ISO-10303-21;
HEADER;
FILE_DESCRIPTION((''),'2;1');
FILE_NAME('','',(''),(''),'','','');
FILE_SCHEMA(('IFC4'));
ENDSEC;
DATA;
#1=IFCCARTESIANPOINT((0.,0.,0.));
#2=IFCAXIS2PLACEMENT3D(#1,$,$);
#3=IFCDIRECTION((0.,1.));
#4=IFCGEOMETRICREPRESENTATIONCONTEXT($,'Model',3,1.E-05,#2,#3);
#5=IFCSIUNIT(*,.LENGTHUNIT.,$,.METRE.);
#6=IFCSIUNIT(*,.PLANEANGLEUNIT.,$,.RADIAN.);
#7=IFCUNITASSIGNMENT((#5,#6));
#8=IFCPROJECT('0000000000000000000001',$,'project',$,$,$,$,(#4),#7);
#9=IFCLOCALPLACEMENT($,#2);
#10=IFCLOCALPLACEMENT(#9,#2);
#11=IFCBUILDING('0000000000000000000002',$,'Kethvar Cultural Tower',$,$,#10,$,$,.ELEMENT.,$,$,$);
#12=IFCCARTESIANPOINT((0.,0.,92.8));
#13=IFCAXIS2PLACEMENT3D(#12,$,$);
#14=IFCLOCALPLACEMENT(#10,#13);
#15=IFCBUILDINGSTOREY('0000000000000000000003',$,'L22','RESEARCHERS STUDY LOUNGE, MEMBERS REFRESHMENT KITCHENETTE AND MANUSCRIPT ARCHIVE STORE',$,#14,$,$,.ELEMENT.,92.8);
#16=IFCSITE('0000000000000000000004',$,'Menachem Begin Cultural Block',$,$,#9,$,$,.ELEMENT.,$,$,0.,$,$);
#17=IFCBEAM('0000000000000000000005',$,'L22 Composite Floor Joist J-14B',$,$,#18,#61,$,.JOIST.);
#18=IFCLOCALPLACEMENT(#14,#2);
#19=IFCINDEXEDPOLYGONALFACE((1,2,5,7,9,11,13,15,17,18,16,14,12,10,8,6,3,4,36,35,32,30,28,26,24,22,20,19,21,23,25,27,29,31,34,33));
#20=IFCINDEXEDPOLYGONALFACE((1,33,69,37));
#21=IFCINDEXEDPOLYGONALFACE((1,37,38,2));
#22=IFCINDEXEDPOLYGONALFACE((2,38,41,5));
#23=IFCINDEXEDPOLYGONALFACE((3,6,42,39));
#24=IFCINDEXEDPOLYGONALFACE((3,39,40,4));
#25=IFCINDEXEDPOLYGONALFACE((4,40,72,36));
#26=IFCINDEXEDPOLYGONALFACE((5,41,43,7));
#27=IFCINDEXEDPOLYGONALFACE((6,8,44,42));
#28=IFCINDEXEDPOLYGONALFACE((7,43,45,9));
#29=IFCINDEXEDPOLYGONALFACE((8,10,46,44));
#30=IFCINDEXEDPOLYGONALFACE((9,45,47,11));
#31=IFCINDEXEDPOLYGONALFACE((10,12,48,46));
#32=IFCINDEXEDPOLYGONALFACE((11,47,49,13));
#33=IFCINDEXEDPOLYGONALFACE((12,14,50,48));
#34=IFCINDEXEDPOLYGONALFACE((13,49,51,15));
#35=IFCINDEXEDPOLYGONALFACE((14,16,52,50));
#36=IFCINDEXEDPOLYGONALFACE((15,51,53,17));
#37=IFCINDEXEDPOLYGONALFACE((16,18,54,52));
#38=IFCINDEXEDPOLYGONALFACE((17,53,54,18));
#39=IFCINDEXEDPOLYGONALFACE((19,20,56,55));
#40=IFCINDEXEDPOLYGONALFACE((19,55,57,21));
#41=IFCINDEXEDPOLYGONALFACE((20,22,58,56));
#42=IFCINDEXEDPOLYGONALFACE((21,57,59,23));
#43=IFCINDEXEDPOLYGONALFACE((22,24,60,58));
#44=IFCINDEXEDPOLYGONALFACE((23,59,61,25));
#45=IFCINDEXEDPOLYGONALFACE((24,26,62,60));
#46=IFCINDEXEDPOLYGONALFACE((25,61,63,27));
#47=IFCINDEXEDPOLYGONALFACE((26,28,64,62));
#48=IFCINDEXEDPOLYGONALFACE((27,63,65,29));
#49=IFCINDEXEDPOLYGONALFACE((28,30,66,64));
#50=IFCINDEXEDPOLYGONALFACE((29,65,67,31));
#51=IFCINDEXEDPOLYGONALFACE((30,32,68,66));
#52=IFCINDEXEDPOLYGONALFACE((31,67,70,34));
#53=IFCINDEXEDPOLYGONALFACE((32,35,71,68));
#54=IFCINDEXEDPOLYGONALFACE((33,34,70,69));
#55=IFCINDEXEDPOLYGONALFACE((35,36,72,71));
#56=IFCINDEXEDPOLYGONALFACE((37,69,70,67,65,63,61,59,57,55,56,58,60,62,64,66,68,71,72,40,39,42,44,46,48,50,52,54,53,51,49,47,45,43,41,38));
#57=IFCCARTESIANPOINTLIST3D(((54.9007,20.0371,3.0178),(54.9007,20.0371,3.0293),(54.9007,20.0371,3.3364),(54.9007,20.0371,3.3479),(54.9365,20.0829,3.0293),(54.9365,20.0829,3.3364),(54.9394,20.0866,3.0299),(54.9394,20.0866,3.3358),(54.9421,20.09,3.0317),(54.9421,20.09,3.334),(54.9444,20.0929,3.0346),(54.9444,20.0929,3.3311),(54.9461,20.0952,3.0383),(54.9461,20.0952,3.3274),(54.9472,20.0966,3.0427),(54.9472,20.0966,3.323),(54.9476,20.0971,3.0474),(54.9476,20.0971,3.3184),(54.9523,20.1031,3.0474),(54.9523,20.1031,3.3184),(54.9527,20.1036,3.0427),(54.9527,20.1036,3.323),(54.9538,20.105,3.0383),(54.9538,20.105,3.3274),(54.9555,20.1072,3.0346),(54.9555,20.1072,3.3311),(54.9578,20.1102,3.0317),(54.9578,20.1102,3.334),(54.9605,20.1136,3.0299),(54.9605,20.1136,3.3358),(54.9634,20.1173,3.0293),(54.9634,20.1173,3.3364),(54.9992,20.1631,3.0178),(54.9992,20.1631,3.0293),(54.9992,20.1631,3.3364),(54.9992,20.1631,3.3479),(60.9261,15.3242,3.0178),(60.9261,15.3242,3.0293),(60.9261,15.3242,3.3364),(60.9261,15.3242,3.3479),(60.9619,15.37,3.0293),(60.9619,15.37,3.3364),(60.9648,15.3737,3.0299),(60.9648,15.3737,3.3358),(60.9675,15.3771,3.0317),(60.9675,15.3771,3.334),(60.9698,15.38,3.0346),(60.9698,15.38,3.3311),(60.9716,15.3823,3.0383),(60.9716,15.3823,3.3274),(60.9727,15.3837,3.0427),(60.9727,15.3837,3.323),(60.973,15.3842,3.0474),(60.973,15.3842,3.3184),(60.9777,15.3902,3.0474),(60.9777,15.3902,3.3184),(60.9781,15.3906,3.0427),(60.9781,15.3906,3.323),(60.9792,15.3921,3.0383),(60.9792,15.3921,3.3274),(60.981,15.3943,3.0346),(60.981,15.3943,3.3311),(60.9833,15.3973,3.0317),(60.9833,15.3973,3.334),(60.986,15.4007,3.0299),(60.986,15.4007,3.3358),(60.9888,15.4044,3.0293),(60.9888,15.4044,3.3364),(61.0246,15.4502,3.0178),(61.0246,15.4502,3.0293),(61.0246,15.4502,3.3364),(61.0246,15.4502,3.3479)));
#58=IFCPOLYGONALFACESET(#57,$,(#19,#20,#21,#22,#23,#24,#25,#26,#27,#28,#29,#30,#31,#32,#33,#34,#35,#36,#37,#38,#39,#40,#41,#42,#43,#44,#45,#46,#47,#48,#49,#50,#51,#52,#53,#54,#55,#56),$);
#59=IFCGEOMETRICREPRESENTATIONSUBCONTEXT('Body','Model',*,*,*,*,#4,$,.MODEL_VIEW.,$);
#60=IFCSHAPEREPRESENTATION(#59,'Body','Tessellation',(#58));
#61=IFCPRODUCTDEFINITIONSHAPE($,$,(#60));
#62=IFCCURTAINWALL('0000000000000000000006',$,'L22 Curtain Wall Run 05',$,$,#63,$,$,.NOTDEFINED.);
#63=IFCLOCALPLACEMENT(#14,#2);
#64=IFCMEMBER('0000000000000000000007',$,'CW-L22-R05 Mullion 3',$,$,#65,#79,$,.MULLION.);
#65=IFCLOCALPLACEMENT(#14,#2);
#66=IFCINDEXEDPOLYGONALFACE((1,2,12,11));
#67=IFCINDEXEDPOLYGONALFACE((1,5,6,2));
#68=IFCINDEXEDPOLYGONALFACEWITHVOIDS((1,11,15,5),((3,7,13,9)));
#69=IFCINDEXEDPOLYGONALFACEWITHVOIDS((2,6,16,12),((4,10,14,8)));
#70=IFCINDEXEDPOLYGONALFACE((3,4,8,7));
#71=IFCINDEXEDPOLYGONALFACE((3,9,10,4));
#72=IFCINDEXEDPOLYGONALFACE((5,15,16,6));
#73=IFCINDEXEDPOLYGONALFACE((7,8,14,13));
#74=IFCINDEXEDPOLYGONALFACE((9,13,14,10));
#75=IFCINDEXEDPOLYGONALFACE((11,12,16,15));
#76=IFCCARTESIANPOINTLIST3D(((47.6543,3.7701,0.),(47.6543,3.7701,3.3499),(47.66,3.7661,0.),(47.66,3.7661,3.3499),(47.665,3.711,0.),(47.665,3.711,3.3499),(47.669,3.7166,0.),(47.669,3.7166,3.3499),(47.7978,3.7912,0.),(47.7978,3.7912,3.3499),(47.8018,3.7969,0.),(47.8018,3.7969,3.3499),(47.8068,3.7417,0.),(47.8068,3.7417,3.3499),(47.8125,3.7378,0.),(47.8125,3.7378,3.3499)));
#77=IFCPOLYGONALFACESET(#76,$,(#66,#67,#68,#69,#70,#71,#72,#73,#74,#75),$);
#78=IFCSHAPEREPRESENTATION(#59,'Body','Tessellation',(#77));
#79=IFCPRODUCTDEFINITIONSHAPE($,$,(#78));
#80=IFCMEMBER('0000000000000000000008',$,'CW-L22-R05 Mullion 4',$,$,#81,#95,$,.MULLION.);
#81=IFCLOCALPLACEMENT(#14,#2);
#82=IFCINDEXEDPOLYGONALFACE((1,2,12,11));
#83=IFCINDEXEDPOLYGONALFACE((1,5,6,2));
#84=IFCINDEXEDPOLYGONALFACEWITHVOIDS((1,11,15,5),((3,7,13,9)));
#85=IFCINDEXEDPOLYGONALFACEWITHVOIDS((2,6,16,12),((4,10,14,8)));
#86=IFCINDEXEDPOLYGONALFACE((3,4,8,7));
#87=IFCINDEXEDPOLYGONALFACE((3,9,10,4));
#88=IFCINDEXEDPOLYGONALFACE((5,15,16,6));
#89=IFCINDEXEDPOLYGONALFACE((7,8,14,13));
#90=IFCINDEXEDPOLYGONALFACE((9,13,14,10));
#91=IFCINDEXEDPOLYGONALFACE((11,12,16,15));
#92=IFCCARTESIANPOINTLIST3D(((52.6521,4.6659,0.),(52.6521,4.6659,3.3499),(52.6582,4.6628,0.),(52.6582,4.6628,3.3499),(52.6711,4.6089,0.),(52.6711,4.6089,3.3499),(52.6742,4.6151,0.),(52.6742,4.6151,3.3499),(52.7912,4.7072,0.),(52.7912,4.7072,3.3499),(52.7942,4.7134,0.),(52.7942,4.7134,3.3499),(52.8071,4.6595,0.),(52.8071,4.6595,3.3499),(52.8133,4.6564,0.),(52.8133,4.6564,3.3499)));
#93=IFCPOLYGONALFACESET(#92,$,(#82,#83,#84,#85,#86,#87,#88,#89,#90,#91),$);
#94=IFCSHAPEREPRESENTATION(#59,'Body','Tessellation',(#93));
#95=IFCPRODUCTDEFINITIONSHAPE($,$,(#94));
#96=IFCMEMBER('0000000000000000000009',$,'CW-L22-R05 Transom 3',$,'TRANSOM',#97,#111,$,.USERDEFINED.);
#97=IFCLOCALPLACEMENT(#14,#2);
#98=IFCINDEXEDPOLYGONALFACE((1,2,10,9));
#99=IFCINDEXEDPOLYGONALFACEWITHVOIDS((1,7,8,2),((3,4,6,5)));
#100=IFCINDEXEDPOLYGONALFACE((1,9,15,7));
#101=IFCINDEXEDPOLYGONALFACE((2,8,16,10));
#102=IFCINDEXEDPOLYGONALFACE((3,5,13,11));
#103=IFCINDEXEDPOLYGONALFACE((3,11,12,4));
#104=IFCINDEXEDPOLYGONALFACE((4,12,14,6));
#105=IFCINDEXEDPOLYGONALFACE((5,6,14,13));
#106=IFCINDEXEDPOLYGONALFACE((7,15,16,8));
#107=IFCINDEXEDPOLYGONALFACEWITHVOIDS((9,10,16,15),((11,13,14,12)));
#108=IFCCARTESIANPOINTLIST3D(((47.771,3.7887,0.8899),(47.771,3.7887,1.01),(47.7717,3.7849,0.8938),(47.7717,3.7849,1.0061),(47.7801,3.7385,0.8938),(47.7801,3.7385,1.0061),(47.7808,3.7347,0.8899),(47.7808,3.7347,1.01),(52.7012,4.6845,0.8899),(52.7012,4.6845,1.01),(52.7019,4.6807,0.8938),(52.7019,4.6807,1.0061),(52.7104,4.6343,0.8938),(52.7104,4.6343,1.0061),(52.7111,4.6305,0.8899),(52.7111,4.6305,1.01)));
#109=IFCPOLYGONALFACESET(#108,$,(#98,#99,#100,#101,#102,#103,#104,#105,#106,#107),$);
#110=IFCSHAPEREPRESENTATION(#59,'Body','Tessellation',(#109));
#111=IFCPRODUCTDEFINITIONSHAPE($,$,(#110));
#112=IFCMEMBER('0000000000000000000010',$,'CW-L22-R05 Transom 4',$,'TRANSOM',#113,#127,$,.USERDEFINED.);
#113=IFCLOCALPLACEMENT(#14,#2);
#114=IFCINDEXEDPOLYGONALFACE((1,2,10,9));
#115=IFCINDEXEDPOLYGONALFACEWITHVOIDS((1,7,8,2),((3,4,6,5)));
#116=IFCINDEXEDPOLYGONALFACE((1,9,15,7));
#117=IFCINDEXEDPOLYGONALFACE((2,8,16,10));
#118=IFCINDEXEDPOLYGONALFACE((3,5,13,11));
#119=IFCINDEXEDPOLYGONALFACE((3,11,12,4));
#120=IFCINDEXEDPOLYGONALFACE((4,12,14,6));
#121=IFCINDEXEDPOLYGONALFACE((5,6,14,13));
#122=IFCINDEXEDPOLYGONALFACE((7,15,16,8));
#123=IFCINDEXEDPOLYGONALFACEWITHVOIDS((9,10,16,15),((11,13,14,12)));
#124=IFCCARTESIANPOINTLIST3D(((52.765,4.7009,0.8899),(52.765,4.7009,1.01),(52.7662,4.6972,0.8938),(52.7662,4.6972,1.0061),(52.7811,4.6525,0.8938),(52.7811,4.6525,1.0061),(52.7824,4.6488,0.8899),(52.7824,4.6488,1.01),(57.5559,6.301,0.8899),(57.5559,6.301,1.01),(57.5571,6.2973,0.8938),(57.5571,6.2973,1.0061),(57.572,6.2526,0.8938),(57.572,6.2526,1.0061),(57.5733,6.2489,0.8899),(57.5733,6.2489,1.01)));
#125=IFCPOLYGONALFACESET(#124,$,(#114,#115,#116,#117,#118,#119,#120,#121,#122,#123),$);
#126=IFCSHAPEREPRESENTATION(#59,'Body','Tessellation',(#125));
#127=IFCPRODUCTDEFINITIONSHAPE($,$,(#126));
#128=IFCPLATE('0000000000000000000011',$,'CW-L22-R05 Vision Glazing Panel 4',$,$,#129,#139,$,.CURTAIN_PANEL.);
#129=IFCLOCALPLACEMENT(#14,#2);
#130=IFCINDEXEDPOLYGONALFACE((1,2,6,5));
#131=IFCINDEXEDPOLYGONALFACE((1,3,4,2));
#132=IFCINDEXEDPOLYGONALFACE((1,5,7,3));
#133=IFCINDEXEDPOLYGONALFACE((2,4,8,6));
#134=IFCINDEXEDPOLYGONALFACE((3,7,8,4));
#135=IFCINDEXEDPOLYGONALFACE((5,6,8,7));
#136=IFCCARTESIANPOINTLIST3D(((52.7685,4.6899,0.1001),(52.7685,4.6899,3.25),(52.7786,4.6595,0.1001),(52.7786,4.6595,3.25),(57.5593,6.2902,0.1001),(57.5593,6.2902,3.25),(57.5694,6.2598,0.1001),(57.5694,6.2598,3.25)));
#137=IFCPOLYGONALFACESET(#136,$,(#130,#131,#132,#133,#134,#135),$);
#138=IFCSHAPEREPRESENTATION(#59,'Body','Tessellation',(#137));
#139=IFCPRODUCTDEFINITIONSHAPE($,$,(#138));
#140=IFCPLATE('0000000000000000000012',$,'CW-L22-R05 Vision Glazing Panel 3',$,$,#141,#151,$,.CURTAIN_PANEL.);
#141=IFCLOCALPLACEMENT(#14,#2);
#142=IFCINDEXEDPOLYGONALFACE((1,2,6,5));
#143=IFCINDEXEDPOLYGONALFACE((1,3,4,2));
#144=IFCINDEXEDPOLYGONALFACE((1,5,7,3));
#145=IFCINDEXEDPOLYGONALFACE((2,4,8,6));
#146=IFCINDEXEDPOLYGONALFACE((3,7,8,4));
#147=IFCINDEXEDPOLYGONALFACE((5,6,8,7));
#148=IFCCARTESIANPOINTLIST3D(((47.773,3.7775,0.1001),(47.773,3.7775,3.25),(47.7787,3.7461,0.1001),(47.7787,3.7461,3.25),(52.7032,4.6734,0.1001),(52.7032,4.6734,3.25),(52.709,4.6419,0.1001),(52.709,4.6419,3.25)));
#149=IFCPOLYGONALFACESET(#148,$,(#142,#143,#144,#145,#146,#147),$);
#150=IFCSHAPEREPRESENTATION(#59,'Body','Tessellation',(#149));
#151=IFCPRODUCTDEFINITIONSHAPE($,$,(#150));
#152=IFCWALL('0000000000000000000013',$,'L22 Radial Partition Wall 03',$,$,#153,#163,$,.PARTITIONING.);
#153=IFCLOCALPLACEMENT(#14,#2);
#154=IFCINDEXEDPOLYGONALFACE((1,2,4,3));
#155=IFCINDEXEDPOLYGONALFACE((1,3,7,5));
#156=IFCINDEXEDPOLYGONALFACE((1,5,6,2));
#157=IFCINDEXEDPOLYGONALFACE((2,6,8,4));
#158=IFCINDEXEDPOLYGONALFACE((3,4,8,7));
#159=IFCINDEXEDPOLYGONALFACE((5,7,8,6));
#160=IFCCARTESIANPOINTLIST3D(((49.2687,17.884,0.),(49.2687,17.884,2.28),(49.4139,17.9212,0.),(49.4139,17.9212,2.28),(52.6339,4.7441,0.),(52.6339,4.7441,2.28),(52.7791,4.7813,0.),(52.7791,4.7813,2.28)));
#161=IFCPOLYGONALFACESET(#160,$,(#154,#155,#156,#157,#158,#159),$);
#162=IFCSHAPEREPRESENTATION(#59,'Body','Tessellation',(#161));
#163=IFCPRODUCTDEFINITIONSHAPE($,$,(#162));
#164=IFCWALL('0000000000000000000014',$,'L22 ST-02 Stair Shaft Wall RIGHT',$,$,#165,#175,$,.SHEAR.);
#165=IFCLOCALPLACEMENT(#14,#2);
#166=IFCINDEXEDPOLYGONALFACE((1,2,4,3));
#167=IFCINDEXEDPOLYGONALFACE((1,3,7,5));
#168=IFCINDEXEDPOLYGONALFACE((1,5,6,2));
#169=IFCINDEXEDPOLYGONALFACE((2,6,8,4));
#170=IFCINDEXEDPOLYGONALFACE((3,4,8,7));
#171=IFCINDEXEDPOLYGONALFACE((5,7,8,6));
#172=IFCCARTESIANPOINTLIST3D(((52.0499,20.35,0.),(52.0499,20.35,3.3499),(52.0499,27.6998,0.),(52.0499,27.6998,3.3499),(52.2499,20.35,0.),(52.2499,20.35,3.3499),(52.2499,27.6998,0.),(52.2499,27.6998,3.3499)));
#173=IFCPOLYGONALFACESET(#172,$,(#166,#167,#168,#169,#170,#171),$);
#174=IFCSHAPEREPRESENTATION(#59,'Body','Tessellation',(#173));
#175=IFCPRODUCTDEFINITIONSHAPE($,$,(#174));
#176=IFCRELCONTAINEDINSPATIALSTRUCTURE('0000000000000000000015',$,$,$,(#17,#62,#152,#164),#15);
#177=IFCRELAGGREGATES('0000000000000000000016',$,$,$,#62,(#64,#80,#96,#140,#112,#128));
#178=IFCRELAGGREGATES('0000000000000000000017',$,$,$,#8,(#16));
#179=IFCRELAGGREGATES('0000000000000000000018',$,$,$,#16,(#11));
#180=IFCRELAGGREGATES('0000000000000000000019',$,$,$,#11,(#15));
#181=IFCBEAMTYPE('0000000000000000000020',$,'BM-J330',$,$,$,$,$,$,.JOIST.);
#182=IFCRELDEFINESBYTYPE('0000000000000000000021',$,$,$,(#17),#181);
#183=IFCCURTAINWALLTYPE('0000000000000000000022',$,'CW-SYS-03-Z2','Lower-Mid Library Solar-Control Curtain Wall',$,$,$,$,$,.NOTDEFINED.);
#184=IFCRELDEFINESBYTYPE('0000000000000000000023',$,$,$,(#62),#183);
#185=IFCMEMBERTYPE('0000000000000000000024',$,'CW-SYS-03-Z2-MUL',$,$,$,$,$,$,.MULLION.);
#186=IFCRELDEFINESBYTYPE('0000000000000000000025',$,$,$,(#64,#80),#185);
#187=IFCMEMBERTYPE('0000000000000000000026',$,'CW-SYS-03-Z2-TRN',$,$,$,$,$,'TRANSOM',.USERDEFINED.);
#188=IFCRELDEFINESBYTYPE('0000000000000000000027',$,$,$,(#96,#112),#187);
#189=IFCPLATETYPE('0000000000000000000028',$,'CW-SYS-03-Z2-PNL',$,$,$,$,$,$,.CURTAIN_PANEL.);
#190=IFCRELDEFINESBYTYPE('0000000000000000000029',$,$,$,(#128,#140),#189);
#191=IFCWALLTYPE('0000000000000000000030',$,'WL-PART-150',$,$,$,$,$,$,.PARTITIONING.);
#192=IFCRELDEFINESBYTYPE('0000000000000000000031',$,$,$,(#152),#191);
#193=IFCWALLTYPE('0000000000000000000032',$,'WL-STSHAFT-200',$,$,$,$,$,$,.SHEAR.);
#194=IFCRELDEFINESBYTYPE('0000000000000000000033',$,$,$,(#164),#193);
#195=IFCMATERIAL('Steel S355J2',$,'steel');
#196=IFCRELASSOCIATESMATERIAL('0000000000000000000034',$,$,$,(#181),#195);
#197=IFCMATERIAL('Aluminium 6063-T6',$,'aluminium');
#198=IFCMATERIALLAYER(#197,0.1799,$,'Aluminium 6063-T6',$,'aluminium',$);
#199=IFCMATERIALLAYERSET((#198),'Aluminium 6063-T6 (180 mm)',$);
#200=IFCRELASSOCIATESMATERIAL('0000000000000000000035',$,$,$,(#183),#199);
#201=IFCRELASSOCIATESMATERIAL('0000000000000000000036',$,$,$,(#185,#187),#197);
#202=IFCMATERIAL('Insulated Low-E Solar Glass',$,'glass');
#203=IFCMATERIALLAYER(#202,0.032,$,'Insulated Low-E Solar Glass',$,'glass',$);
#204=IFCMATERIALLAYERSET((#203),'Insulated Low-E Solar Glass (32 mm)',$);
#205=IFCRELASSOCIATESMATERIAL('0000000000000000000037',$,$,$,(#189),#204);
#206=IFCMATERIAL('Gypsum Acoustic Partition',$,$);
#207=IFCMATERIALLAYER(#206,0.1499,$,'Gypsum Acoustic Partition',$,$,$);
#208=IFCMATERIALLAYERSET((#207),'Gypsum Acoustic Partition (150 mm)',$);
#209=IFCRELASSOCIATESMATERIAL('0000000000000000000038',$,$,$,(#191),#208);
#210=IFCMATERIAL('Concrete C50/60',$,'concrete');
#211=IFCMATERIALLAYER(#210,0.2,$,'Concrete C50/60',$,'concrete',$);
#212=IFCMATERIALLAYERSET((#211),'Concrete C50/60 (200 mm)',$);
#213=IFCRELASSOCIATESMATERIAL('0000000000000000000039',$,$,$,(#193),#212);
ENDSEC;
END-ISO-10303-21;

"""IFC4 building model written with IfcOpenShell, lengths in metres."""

from ifc_helpers import new_model, si_unit, direction, frame, frame_2d, origin, origin_2d, place, context, subcontext, project, spatial, rectangle, hollow_rectangle, i_section, extrude, source, transform, mapped, material, layer, layer_set, material_profile, profile_set, type_object, element, aggregate, save


model = new_model("IFC4")

# Units and contexts
model_context = context("Model", 3, precision=1e-05, world=origin(), true_north=direction((0.0, 1.0)))
body_context = subcontext(model_context, "Body", "Model", "MODEL_VIEW")
ifc_project = project(units=[si_unit("LENGTHUNIT", "METRE"), si_unit("PLANEANGLEUNIT", "RADIAN")], contexts=[model_context])

# Site, building, storey
site_placement = place(None, origin())
site = spatial("IfcSite", under=ifc_project, at=site_placement, Name="Menachem Begin Cultural Block", CompositionType="ELEMENT", RefElevation=0.0)
building_placement = place(site_placement, origin())
building = spatial("IfcBuilding", under=site, at=building_placement, Name="Kethvar Cultural Tower", CompositionType="ELEMENT")
storey_placement = place(building_placement, frame((0.0, 0.0, 92.8)))
storey = spatial("IfcBuildingStorey", under=building, at=storey_placement, Name="L22", Description="RESEARCHERS STUDY LOUNGE, MEMBERS REFRESHMENT KITCHENETTE AND MANUSCRIPT ARCHIVE STORE", CompositionType="ELEMENT", Elevation=92.8)

# Beam
ifc_material_1 = material(Name="Steel S355J2", Category="steel")
ifc_material_profile_1 = material_profile(ifc_material_1, i_section(OverallWidth=0.1599, OverallDepth=0.3301, WebThickness=0.0076, FlangeThickness=0.0115, FilletRadius=0.0181, at=origin_2d()), Name="Steel S355J2 — IPE330")
ifc_profile_set_1 = profile_set([ifc_material_profile_1], Name="Steel S355J2 — IPE330")
beam_type_1 = type_object("IfcBeamType", Name="BM-J330", PredefinedType="JOIST", material=ifc_profile_set_1)
shared_shape_1 = source(origin(), body_context, "Body", "SweptSolid", [
    extrude(i_section(OverallWidth=0.1599, OverallDepth=0.3301, WebThickness=0.0076, FlangeThickness=0.0115, FilletRadius=0.0181, at=origin_2d()), origin(), (0.0, 0.0, 1.0), 7.6497),
])
beam_1_placement = place(storey_placement, frame((54.95, 20.1001, 3.1829), z_axis=(0.787672, -0.616095, 0.0), x_axis=(0.616095, 0.787672, 0.0)))
element("IfcBeam", 1, at=beam_1_placement, inside=storey, type_object=beam_type_1, Name="L22 Composite Floor Joist J-14B", PredefinedType="JOIST", context=body_context, shape_type="MappedRepresentation", body=[
    mapped(shared_shape_1, transform((0.0, 0.0, 0.0), scale=1.0)),
])

# Curtain wall, members, plates
ifc_material_2 = material(Name="Aluminium 6063-T6", Category="aluminium")
ifc_layer_1 = layer(ifc_material_2, 0.1799, Name="Aluminium 6063-T6", Category="aluminium")
ifc_layer_set_1 = layer_set([ifc_layer_1], Name="Aluminium 6063-T6 (180 mm)")
curtain_wall_type = type_object("IfcCurtainWallType", Name="CW-SYS-03-Z2", Description="Lower-Mid Library Solar-Control Curtain Wall", PredefinedType="NOTDEFINED", material=ifc_layer_set_1)
curtain_wall_placement = place(storey_placement, origin())
curtain_wall = element("IfcCurtainWall", 2, at=curtain_wall_placement, inside=storey, type_object=curtain_wall_type, Name="L22 Curtain Wall Run 05", PredefinedType="NOTDEFINED")
ifc_material_profile_2 = material_profile(ifc_material_2, hollow_rectangle(XDim=0.0601, YDim=0.1499, WallThickness=0.0049, at=origin_2d()), Name="Aluminium 6063-T6 — RHS150x60x5")
ifc_profile_set_2 = profile_set([ifc_material_profile_2], Name="Aluminium 6063-T6 — RHS150x60x5")
member_type_1 = type_object("IfcMemberType", Name="CW-SYS-03-Z2-MUL", PredefinedType="MULLION", material=ifc_profile_set_2)
shared_shape_2 = source(origin(), body_context, "Body", "SweptSolid", [
    extrude(hollow_rectangle(XDim=0.0601, YDim=0.1499, WallThickness=0.0049, at=origin_2d()), origin(), (0.0, 0.0, 1.0), 3.3499),
])
member_1_placement = place(storey_placement, frame((47.7334, 3.7539, 0.0), z_axis=(0.0, 0.0, 1.0), x_axis=(-0.178768, 0.983891, 0.0)))
member_1 = element("IfcMember", 3, at=member_1_placement, type_object=member_type_1, Name="CW-L22-R05 Mullion 3", PredefinedType="MULLION", context=body_context, shape_type="MappedRepresentation", body=[
    mapped(shared_shape_2, transform((0.0, 0.0, 0.0), scale=1.0)),
])
member_2_placement = place(storey_placement, frame((52.7327, 4.6611, 0.0), z_axis=(0.0, 0.0, 1.0), x_axis=(-0.316825, 0.948484, 0.0)))
member_2 = element("IfcMember", 4, at=member_2_placement, type_object=member_type_1, Name="CW-L22-R05 Mullion 4", PredefinedType="MULLION", context=body_context, shape_type="MappedRepresentation", body=[
    mapped(shared_shape_2, transform((0.0, 0.0, 0.0), scale=1.0)),
])
ifc_material_profile_3 = material_profile(ifc_material_2, hollow_rectangle(XDim=0.0549, YDim=0.1201, WallThickness=0.0039, at=origin_2d()), Name="Aluminium 6063-T6 — RHS120x55x4")
ifc_profile_set_3 = profile_set([ifc_material_profile_3], Name="Aluminium 6063-T6 — RHS120x55x4")
member_type_2 = type_object("IfcMemberType", Name="CW-SYS-03-Z2-TRN", ElementType="TRANSOM", PredefinedType="USERDEFINED", material=ifc_profile_set_3)
shared_shape_3 = source(origin(), body_context, "Body", "SweptSolid", [
    extrude(hollow_rectangle(XDim=0.0549, YDim=0.1201, WallThickness=0.0039, at=origin_2d()), origin(), (0.0, 0.0, 1.0), 5.011),
])
member_3_placement = place(storey_placement, frame((47.7759, 3.7617, 0.95), z_axis=(0.983893, 0.178761, 0.0), x_axis=(-0.178761, 0.983893, 0.0)))
member_3 = element("IfcMember", 5, at=member_3_placement, type_object=member_type_2, Name="CW-L22-R05 Transom 3", ObjectType="TRANSOM", PredefinedType="USERDEFINED", context=body_context, shape_type="MappedRepresentation", body=[
    mapped(shared_shape_3, transform((0.0, 0.0, 0.0), scale=1.0)),
])
shared_shape_4 = source(origin(), body_context, "Body", "SweptSolid", [
    extrude(hollow_rectangle(XDim=0.0549, YDim=0.1201, WallThickness=0.0039, at=origin_2d()), origin(), (0.0, 0.0, 1.0), 5.051),
])
member_4_placement = place(storey_placement, frame((52.7737, 4.6748, 0.95), z_axis=(0.948495, 0.316793, 0.0), x_axis=(-0.316793, 0.948495, 0.0)))
member_4 = element("IfcMember", 6, at=member_4_placement, type_object=member_type_2, Name="CW-L22-R05 Transom 4", ObjectType="TRANSOM", PredefinedType="USERDEFINED", context=body_context, shape_type="MappedRepresentation", body=[
    mapped(shared_shape_4, transform((0.0, 0.0, 0.0), scale=1.0)),
])
ifc_material_3 = material(Name="Insulated Low-E Solar Glass", Category="glass")
ifc_layer_2 = layer(ifc_material_3, 0.032, Name="Insulated Low-E Solar Glass", Category="glass")
ifc_layer_set_2 = layer_set([ifc_layer_2], Name="Insulated Low-E Solar Glass (32 mm)")
plate_type = type_object("IfcPlateType", Name="CW-SYS-03-Z2-PNL", PredefinedType="CURTAIN_PANEL", material=ifc_layer_set_2)
shared_shape_5 = source(origin(), body_context, "Body", "SweptSolid", [
    extrude(rectangle(XDim=5.051, YDim=0.032, at=origin_2d()), origin(), (0.0, 0.0, 1.0), 3.1499),
])
plate_1_placement = place(storey_placement, frame((55.1689, 5.4749, 0.1001), z_axis=(0.0, 0.0, 1.0), x_axis=(0.948484, 0.316825, 0.0)))
plate_1 = element("IfcPlate", 7, at=plate_1_placement, type_object=plate_type, Name="CW-L22-R05 Vision Glazing Panel 4", PredefinedType="CURTAIN_PANEL", context=body_context, shape_type="MappedRepresentation", body=[
    mapped(shared_shape_5, transform((0.0, 0.0, 0.0), scale=1.0)),
])
shared_shape_6 = source(origin(), body_context, "Body", "SweptSolid", [
    extrude(rectangle(XDim=5.011, YDim=0.032, at=origin_2d()), origin(), (0.0, 0.0, 1.0), 3.1499),
])
plate_2_placement = place(storey_placement, frame((50.241, 4.2097, 0.1001), z_axis=(0.0, 0.0, 1.0), x_axis=(0.983891, 0.178768, 0.0)))
plate_2 = element("IfcPlate", 8, at=plate_2_placement, type_object=plate_type, Name="CW-L22-R05 Vision Glazing Panel 3", PredefinedType="CURTAIN_PANEL", context=body_context, shape_type="MappedRepresentation", body=[
    mapped(shared_shape_6, transform((0.0, 0.0, 0.0), scale=1.0)),
])
aggregate(curtain_wall, [member_1, member_2, member_3, plate_2, member_4, plate_1])

# Walls
ifc_material_4 = material(Name="Gypsum Acoustic Partition")
ifc_layer_3 = layer(ifc_material_4, 0.1499, Name="Gypsum Acoustic Partition")
ifc_layer_set_3 = layer_set([ifc_layer_3], Name="Gypsum Acoustic Partition (150 mm)")
wall_type_1 = type_object("IfcWallType", Name="WL-PART-150", PredefinedType="PARTITIONING", material=ifc_layer_set_3)
wall_1_placement = place(storey_placement, frame((49.3413, 17.9026, 0.0), z_axis=(0.0, 0.0, 1.0), x_axis=(0.248101, -0.968734, 0.0)))
element("IfcWall", 9, at=wall_1_placement, inside=storey, type_object=wall_type_1, Name="L22 Radial Partition Wall 03", PredefinedType="PARTITIONING", context=body_context, shape_type="SweptSolid", body=[
    extrude(rectangle(XDim=13.564, YDim=0.1499, at=frame_2d((6.782, 0.0))), origin(), (0.0, 0.0, 1.0), 2.28),
])
ifc_material_5 = material(Name="Concrete C50/60", Category="concrete")
ifc_layer_4 = layer(ifc_material_5, 0.2, Name="Concrete C50/60", Category="concrete")
ifc_layer_set_4 = layer_set([ifc_layer_4], Name="Concrete C50/60 (200 mm)")
wall_type_2 = type_object("IfcWallType", Name="WL-STSHAFT-200", PredefinedType="SHEAR", material=ifc_layer_set_4)
wall_2_placement = place(storey_placement, frame((52.1499, 20.3501, 0.0), z_axis=(0.0, 0.0, 1.0), x_axis=(0.0, 1.0, 0.0)))
element("IfcWall", 10, at=wall_2_placement, inside=storey, type_object=wall_type_2, Name="L22 ST-02 Stair Shaft Wall RIGHT", PredefinedType="SHEAR", context=body_context, shape_type="SweptSolid", body=[
    extrude(rectangle(XDim=7.3499, YDim=0.2, at=frame_2d((3.6748, 0.0))), origin(), (0.0, 0.0, 1.0), 3.3499),
])

save(model, "model.ifc")
